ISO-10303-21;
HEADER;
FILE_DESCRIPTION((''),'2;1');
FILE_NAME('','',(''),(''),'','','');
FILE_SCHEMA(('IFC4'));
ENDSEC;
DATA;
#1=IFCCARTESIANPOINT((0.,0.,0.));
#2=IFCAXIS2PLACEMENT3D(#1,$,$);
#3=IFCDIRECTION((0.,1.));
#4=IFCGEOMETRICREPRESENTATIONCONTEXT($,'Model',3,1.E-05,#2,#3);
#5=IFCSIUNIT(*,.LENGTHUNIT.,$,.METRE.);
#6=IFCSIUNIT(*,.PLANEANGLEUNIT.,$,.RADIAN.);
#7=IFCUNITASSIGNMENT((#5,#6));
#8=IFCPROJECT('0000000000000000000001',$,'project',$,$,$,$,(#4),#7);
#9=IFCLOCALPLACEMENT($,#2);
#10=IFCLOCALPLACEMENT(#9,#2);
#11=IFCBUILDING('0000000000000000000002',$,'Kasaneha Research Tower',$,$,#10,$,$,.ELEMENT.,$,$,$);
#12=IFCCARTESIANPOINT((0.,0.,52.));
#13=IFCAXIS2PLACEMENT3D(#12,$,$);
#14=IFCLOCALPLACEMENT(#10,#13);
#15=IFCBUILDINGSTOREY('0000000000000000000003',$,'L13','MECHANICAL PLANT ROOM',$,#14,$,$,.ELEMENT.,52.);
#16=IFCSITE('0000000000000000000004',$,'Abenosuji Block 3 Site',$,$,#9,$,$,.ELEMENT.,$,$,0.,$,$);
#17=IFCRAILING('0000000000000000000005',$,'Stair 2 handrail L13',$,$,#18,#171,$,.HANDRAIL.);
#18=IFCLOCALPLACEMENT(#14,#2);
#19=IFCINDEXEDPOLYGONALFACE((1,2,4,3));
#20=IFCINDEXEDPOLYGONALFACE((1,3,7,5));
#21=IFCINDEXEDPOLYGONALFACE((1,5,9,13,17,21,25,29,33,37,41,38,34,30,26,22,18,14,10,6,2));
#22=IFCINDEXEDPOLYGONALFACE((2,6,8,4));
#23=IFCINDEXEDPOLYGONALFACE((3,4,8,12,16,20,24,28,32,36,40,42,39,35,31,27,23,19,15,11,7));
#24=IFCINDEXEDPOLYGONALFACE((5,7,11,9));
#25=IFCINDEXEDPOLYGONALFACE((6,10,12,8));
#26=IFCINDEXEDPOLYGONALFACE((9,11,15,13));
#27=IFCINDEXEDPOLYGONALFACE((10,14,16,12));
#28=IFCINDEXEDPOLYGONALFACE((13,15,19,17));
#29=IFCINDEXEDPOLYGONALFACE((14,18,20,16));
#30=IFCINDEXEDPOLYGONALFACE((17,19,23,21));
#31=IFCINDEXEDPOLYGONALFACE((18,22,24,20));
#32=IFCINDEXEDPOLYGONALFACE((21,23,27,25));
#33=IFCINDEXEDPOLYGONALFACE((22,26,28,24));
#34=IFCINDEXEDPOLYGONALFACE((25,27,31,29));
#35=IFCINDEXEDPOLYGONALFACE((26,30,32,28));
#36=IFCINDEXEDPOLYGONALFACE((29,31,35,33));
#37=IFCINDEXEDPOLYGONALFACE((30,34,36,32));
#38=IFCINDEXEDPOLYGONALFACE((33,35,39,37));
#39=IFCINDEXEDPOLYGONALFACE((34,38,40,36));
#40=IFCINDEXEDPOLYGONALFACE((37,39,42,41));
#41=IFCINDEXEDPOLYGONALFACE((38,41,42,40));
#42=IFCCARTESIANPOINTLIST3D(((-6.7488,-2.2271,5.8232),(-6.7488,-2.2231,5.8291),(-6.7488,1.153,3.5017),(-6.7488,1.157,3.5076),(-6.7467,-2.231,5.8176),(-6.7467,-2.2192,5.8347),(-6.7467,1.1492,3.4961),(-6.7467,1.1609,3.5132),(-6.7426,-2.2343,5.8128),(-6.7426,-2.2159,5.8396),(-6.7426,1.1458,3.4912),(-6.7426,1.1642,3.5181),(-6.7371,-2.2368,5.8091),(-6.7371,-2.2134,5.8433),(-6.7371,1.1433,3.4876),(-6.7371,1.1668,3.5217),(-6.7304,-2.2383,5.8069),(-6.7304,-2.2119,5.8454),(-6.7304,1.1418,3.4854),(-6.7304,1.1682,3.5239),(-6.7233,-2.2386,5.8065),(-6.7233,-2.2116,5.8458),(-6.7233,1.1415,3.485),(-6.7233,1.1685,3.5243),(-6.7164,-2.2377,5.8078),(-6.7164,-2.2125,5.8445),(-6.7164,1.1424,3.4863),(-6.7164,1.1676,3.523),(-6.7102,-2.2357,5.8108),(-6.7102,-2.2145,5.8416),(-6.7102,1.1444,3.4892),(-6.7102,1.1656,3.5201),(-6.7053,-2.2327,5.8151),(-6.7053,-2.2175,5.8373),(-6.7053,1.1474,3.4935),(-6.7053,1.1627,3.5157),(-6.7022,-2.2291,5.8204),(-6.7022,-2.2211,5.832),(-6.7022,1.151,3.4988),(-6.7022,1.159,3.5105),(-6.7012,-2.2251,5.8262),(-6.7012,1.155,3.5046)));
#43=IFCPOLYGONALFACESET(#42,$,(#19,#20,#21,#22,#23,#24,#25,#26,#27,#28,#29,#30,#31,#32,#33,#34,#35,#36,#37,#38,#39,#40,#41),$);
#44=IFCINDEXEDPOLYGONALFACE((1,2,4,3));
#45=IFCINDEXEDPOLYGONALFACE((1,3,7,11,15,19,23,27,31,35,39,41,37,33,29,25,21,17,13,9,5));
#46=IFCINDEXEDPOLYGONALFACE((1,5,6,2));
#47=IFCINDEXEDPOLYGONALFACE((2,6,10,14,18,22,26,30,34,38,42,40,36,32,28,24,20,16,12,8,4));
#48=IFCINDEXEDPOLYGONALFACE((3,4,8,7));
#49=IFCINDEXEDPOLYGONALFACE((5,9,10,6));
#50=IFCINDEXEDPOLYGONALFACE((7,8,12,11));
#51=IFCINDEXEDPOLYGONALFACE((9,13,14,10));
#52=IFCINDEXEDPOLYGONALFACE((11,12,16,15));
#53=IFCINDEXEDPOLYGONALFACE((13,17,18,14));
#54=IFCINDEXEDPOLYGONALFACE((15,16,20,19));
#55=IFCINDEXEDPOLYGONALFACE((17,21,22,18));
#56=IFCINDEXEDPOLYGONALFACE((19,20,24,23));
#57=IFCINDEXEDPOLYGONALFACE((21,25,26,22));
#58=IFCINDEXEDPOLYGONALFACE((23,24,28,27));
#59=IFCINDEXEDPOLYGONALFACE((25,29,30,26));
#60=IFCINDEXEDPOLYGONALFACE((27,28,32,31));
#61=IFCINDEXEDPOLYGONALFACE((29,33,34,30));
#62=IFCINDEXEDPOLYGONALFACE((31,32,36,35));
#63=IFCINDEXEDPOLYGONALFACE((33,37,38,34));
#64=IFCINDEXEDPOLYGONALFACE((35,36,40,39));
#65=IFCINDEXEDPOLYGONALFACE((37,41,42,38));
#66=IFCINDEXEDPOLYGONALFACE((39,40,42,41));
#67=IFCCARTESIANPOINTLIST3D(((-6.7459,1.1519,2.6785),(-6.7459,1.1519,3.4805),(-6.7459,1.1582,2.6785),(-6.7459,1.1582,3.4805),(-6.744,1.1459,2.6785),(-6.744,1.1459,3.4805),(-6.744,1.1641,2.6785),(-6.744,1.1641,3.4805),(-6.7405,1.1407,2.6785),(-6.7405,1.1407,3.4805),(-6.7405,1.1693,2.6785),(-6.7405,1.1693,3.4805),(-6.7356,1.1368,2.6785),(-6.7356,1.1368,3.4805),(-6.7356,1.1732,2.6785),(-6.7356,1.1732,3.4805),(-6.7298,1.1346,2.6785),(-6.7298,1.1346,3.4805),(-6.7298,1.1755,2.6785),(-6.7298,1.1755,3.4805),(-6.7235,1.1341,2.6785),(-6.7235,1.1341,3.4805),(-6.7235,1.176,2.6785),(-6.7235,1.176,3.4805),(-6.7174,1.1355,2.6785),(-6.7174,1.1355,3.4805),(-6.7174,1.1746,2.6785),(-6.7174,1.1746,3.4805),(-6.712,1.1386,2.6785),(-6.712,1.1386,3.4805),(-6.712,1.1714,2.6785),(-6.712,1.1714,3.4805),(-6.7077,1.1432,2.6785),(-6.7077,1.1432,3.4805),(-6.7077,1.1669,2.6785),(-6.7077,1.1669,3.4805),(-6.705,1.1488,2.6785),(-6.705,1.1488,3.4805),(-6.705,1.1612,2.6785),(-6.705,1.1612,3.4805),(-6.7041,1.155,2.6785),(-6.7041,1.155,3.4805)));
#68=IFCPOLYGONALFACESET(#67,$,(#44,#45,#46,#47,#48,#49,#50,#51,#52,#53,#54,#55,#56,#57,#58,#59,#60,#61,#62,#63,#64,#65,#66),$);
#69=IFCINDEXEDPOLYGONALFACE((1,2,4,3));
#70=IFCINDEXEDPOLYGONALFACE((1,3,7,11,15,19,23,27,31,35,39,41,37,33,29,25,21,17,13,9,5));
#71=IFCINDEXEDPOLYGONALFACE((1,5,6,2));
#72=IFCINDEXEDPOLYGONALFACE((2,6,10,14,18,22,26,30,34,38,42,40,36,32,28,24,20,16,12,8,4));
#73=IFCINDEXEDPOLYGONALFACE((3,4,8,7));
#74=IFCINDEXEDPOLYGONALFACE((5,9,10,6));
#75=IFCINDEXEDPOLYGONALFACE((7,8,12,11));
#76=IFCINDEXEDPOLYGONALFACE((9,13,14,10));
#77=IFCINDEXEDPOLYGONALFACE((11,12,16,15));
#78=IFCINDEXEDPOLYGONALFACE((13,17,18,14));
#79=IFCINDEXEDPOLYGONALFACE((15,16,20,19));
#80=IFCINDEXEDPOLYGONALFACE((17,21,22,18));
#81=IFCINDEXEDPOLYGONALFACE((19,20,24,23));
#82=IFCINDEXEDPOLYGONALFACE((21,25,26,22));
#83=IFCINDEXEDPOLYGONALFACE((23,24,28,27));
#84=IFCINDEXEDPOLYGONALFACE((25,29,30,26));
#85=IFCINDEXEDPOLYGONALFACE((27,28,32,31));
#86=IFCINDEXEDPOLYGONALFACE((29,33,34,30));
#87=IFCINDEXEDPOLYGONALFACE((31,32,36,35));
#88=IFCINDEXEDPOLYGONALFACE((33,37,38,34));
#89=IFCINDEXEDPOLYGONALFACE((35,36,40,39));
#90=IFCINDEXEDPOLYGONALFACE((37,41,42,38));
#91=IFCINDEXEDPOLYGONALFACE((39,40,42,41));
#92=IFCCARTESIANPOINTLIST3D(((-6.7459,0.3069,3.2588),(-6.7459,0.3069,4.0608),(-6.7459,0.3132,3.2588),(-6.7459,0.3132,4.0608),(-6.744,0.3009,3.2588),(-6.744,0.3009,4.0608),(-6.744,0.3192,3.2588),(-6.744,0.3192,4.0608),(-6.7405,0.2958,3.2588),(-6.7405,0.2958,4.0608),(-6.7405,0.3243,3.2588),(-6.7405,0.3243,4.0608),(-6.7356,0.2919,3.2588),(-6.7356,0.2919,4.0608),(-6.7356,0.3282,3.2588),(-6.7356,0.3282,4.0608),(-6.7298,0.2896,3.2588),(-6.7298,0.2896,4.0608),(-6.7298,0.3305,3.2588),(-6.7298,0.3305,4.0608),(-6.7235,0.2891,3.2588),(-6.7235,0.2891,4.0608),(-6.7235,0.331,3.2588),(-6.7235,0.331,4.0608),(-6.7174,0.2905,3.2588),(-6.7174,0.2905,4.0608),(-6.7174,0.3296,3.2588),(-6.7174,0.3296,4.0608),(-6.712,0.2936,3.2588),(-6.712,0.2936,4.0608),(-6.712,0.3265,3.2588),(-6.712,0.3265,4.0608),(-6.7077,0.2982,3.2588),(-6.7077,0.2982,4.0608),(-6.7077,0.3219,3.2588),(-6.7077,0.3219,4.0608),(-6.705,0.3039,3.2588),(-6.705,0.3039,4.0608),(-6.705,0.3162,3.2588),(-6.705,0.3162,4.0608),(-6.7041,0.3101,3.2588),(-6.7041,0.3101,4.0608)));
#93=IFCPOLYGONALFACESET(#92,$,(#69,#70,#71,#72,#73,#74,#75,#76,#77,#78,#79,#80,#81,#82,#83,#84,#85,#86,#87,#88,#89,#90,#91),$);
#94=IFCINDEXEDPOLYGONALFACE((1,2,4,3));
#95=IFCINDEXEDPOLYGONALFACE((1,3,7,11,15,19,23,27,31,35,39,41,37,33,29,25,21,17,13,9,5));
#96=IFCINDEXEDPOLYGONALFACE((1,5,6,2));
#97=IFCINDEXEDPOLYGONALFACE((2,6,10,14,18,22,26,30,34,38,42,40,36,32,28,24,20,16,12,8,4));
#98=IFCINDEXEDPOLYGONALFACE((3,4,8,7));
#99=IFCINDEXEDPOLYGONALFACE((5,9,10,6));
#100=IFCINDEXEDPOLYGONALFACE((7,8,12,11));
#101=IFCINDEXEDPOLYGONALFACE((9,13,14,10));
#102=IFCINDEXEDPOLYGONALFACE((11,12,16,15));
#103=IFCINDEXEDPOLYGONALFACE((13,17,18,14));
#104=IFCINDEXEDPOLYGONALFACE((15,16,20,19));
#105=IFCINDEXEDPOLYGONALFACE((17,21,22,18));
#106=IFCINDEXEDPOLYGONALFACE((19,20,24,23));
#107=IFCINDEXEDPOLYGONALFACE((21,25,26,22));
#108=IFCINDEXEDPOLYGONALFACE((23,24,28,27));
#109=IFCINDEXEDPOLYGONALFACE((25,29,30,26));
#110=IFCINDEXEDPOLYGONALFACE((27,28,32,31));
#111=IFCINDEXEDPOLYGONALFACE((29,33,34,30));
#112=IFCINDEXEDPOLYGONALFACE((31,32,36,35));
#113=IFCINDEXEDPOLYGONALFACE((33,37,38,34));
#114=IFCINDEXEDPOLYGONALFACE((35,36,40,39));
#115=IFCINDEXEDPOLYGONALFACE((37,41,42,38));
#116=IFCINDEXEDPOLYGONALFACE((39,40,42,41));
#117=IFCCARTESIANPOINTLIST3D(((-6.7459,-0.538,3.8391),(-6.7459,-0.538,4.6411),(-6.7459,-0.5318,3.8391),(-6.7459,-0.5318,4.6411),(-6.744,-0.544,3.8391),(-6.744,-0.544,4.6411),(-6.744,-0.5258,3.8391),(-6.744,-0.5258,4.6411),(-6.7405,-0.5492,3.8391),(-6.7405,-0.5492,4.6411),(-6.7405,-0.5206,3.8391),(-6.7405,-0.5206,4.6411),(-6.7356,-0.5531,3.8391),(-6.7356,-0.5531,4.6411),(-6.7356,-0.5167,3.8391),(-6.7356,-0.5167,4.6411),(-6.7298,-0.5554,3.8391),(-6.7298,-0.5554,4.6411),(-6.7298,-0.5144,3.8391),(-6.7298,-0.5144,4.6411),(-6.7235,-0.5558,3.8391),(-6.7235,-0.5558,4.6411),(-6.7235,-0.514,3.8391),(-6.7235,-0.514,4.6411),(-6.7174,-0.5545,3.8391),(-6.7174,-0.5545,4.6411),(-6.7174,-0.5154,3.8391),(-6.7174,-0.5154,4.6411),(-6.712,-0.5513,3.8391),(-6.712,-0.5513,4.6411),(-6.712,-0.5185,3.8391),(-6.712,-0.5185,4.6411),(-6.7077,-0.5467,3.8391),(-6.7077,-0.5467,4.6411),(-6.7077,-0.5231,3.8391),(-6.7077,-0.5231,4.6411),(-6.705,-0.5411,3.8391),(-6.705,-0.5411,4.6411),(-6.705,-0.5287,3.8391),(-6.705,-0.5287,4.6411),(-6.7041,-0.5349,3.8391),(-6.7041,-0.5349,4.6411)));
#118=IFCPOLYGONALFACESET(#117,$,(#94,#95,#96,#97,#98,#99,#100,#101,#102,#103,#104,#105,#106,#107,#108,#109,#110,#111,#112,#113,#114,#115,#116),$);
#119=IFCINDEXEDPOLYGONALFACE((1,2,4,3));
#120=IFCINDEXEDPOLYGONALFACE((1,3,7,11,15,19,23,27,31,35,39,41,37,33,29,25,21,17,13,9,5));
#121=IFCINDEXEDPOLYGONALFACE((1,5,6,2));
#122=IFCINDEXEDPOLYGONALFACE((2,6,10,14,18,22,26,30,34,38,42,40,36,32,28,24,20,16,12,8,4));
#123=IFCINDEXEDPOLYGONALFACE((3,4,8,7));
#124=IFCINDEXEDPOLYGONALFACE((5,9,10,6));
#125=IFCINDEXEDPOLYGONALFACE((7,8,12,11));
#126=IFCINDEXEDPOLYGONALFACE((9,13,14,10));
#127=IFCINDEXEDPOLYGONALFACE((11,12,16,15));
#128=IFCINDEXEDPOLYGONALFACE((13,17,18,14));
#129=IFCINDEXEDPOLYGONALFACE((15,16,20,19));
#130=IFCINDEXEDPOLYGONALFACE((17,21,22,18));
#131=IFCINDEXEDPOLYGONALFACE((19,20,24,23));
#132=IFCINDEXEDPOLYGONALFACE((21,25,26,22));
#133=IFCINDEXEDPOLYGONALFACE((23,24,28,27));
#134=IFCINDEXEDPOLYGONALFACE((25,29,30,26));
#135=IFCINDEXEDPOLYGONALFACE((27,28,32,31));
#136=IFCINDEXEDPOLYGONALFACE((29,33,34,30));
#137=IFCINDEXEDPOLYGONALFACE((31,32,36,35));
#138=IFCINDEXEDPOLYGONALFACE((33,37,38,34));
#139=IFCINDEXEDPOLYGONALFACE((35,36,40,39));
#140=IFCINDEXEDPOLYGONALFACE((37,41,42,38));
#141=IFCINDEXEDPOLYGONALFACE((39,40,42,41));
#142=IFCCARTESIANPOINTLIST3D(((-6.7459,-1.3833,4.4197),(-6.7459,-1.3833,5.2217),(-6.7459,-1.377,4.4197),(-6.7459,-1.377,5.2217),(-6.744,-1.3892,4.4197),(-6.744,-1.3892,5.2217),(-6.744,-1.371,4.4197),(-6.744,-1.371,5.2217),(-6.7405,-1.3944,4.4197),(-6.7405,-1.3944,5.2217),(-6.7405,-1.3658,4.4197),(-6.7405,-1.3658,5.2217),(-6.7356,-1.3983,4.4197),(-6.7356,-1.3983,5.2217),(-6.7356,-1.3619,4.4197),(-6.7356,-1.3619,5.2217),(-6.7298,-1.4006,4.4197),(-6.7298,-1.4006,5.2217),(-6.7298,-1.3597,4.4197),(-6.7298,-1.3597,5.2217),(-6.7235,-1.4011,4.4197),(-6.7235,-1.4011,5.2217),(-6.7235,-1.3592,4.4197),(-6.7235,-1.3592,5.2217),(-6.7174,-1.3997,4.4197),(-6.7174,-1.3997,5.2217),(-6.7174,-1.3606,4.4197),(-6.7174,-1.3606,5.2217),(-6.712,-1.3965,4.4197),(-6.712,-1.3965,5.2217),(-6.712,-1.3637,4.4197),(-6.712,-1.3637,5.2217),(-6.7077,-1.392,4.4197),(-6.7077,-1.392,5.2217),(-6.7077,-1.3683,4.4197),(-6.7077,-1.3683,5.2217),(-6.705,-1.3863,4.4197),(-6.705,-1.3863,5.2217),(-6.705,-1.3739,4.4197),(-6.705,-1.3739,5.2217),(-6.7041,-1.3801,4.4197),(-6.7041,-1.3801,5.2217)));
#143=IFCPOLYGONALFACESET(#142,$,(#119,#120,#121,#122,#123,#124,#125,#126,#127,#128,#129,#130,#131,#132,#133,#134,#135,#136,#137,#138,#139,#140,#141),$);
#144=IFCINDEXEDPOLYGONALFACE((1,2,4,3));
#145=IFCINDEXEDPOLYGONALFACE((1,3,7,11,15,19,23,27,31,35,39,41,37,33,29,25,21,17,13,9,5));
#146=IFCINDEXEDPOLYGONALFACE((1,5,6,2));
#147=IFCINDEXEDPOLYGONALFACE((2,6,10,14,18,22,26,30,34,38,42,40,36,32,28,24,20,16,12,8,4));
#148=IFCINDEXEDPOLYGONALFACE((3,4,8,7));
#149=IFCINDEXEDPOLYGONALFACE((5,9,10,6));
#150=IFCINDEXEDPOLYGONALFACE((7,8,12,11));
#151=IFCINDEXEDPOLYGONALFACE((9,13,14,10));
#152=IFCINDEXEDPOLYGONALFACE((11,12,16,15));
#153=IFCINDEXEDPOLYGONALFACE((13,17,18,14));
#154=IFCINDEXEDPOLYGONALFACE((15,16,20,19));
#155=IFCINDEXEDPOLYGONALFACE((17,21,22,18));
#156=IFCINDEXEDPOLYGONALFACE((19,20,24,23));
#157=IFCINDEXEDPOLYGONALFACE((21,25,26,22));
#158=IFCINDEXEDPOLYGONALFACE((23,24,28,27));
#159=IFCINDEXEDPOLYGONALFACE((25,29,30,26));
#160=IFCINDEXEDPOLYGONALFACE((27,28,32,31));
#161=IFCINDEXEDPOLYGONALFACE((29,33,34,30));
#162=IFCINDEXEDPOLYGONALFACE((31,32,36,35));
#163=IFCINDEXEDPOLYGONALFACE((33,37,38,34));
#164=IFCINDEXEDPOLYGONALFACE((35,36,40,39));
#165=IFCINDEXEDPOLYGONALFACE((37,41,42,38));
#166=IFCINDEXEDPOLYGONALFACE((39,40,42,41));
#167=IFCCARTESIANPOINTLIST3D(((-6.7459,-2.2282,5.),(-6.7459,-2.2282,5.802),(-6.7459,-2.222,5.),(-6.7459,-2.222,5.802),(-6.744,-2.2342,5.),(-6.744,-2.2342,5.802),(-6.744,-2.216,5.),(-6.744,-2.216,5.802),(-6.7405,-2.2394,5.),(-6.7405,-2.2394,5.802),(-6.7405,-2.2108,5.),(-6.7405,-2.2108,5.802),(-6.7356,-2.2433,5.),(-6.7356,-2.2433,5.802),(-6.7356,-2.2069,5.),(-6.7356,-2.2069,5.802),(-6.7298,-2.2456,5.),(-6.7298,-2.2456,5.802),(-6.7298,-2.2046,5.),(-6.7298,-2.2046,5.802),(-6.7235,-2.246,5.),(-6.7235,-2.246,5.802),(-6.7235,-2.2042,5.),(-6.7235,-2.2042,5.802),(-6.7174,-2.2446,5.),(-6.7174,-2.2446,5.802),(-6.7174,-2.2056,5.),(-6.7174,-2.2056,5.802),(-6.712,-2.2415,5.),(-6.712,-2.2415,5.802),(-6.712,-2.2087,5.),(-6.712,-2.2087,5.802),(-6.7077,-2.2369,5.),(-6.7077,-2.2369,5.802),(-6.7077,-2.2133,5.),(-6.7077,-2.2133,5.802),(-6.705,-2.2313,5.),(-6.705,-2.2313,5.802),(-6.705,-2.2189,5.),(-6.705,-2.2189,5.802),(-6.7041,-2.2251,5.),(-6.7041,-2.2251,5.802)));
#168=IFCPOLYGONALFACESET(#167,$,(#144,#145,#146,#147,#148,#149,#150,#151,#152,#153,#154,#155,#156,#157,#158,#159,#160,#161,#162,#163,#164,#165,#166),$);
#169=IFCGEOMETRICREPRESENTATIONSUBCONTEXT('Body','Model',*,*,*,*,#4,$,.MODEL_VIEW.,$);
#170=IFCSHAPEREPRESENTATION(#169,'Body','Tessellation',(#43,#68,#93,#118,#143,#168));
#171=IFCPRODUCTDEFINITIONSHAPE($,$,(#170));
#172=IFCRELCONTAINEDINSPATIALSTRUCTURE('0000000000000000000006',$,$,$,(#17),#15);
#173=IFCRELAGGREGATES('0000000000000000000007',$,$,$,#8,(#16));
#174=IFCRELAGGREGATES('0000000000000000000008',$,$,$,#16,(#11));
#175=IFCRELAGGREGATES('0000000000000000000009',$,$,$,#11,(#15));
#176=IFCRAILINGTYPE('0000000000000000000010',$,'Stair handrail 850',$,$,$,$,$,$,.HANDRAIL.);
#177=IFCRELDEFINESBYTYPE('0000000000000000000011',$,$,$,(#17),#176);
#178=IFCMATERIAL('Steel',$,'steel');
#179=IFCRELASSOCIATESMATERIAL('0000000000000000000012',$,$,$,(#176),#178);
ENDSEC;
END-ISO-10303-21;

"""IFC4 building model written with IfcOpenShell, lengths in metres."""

from ifc_helpers import new_model, si_unit, direction, frame, origin, origin_2d, place, context, subcontext, project, spatial, circle, extrude, material, type_object, element, save


model = new_model("IFC4")

# Units and contexts
model_context = context("Model", 3, precision=1e-05, world=origin(), true_north=direction((0.0, 1.0)))
body_context = subcontext(model_context, "Body", "Model", "MODEL_VIEW")
ifc_project = project(units=[si_unit("LENGTHUNIT", "METRE"), si_unit("PLANEANGLEUNIT", "RADIAN")], contexts=[model_context])

# Site, building, storey
site_placement = place(None, origin())
site = spatial("IfcSite", under=ifc_project, at=site_placement, Name="Abenosuji Block 3 Site", CompositionType="ELEMENT", RefElevation=0.0)
building_placement = place(site_placement, origin())
building = spatial("IfcBuilding", under=site, at=building_placement, Name="Kasaneha Research Tower", CompositionType="ELEMENT")
storey_placement = place(building_placement, frame((0.0, 0.0, 52.0)))
storey = spatial("IfcBuildingStorey", under=building, at=storey_placement, Name="L13", Description="MECHANICAL PLANT ROOM", CompositionType="ELEMENT", Elevation=52.0)

# Railing
ifc_material_1 = material(Name="Steel", Category="steel")
railing_type_1 = type_object("IfcRailingType", Name="Stair handrail 850", PredefinedType="HANDRAIL", material=ifc_material_1)
railing_1_placement = place(storey_placement, frame((-6.7251, 1.155, 2.6785)))
element("IfcRailing", 1, at=railing_1_placement, inside=storey, type_object=railing_type_1, Name="Stair 2 handrail L13", PredefinedType="HANDRAIL", context=body_context, shape_type="SweptSolid", body=[
    extrude(circle(Radius=0.0239, at=origin_2d()), frame((0.0, 0.0, 0.8262), z_axis=(0.0, -0.824304, 0.566147), x_axis=(1.0, 0.0, 0.0)), (0.0, 0.0, 1.0), 4.1006),
    extrude(circle(Radius=0.021, at=origin_2d()), origin(), (0.0, 0.0, 1.0), 0.802),
    extrude(circle(Radius=0.021, at=origin_2d()), frame((0.0, -0.845, 0.5803)), (0.0, 0.0, 1.0), 0.802),
    extrude(circle(Radius=0.021, at=origin_2d()), frame((0.0, -1.6899, 1.1606)), (0.0, 0.0, 1.0), 0.802),
    extrude(circle(Radius=0.021, at=origin_2d()), frame((0.0, -2.5352, 1.7412)), (0.0, 0.0, 1.0), 0.802),
    extrude(circle(Radius=0.021, at=origin_2d()), frame((0.0, -3.3801, 2.3215)), (0.0, 0.0, 1.0), 0.802),
])

save(model, "model.ifc")
